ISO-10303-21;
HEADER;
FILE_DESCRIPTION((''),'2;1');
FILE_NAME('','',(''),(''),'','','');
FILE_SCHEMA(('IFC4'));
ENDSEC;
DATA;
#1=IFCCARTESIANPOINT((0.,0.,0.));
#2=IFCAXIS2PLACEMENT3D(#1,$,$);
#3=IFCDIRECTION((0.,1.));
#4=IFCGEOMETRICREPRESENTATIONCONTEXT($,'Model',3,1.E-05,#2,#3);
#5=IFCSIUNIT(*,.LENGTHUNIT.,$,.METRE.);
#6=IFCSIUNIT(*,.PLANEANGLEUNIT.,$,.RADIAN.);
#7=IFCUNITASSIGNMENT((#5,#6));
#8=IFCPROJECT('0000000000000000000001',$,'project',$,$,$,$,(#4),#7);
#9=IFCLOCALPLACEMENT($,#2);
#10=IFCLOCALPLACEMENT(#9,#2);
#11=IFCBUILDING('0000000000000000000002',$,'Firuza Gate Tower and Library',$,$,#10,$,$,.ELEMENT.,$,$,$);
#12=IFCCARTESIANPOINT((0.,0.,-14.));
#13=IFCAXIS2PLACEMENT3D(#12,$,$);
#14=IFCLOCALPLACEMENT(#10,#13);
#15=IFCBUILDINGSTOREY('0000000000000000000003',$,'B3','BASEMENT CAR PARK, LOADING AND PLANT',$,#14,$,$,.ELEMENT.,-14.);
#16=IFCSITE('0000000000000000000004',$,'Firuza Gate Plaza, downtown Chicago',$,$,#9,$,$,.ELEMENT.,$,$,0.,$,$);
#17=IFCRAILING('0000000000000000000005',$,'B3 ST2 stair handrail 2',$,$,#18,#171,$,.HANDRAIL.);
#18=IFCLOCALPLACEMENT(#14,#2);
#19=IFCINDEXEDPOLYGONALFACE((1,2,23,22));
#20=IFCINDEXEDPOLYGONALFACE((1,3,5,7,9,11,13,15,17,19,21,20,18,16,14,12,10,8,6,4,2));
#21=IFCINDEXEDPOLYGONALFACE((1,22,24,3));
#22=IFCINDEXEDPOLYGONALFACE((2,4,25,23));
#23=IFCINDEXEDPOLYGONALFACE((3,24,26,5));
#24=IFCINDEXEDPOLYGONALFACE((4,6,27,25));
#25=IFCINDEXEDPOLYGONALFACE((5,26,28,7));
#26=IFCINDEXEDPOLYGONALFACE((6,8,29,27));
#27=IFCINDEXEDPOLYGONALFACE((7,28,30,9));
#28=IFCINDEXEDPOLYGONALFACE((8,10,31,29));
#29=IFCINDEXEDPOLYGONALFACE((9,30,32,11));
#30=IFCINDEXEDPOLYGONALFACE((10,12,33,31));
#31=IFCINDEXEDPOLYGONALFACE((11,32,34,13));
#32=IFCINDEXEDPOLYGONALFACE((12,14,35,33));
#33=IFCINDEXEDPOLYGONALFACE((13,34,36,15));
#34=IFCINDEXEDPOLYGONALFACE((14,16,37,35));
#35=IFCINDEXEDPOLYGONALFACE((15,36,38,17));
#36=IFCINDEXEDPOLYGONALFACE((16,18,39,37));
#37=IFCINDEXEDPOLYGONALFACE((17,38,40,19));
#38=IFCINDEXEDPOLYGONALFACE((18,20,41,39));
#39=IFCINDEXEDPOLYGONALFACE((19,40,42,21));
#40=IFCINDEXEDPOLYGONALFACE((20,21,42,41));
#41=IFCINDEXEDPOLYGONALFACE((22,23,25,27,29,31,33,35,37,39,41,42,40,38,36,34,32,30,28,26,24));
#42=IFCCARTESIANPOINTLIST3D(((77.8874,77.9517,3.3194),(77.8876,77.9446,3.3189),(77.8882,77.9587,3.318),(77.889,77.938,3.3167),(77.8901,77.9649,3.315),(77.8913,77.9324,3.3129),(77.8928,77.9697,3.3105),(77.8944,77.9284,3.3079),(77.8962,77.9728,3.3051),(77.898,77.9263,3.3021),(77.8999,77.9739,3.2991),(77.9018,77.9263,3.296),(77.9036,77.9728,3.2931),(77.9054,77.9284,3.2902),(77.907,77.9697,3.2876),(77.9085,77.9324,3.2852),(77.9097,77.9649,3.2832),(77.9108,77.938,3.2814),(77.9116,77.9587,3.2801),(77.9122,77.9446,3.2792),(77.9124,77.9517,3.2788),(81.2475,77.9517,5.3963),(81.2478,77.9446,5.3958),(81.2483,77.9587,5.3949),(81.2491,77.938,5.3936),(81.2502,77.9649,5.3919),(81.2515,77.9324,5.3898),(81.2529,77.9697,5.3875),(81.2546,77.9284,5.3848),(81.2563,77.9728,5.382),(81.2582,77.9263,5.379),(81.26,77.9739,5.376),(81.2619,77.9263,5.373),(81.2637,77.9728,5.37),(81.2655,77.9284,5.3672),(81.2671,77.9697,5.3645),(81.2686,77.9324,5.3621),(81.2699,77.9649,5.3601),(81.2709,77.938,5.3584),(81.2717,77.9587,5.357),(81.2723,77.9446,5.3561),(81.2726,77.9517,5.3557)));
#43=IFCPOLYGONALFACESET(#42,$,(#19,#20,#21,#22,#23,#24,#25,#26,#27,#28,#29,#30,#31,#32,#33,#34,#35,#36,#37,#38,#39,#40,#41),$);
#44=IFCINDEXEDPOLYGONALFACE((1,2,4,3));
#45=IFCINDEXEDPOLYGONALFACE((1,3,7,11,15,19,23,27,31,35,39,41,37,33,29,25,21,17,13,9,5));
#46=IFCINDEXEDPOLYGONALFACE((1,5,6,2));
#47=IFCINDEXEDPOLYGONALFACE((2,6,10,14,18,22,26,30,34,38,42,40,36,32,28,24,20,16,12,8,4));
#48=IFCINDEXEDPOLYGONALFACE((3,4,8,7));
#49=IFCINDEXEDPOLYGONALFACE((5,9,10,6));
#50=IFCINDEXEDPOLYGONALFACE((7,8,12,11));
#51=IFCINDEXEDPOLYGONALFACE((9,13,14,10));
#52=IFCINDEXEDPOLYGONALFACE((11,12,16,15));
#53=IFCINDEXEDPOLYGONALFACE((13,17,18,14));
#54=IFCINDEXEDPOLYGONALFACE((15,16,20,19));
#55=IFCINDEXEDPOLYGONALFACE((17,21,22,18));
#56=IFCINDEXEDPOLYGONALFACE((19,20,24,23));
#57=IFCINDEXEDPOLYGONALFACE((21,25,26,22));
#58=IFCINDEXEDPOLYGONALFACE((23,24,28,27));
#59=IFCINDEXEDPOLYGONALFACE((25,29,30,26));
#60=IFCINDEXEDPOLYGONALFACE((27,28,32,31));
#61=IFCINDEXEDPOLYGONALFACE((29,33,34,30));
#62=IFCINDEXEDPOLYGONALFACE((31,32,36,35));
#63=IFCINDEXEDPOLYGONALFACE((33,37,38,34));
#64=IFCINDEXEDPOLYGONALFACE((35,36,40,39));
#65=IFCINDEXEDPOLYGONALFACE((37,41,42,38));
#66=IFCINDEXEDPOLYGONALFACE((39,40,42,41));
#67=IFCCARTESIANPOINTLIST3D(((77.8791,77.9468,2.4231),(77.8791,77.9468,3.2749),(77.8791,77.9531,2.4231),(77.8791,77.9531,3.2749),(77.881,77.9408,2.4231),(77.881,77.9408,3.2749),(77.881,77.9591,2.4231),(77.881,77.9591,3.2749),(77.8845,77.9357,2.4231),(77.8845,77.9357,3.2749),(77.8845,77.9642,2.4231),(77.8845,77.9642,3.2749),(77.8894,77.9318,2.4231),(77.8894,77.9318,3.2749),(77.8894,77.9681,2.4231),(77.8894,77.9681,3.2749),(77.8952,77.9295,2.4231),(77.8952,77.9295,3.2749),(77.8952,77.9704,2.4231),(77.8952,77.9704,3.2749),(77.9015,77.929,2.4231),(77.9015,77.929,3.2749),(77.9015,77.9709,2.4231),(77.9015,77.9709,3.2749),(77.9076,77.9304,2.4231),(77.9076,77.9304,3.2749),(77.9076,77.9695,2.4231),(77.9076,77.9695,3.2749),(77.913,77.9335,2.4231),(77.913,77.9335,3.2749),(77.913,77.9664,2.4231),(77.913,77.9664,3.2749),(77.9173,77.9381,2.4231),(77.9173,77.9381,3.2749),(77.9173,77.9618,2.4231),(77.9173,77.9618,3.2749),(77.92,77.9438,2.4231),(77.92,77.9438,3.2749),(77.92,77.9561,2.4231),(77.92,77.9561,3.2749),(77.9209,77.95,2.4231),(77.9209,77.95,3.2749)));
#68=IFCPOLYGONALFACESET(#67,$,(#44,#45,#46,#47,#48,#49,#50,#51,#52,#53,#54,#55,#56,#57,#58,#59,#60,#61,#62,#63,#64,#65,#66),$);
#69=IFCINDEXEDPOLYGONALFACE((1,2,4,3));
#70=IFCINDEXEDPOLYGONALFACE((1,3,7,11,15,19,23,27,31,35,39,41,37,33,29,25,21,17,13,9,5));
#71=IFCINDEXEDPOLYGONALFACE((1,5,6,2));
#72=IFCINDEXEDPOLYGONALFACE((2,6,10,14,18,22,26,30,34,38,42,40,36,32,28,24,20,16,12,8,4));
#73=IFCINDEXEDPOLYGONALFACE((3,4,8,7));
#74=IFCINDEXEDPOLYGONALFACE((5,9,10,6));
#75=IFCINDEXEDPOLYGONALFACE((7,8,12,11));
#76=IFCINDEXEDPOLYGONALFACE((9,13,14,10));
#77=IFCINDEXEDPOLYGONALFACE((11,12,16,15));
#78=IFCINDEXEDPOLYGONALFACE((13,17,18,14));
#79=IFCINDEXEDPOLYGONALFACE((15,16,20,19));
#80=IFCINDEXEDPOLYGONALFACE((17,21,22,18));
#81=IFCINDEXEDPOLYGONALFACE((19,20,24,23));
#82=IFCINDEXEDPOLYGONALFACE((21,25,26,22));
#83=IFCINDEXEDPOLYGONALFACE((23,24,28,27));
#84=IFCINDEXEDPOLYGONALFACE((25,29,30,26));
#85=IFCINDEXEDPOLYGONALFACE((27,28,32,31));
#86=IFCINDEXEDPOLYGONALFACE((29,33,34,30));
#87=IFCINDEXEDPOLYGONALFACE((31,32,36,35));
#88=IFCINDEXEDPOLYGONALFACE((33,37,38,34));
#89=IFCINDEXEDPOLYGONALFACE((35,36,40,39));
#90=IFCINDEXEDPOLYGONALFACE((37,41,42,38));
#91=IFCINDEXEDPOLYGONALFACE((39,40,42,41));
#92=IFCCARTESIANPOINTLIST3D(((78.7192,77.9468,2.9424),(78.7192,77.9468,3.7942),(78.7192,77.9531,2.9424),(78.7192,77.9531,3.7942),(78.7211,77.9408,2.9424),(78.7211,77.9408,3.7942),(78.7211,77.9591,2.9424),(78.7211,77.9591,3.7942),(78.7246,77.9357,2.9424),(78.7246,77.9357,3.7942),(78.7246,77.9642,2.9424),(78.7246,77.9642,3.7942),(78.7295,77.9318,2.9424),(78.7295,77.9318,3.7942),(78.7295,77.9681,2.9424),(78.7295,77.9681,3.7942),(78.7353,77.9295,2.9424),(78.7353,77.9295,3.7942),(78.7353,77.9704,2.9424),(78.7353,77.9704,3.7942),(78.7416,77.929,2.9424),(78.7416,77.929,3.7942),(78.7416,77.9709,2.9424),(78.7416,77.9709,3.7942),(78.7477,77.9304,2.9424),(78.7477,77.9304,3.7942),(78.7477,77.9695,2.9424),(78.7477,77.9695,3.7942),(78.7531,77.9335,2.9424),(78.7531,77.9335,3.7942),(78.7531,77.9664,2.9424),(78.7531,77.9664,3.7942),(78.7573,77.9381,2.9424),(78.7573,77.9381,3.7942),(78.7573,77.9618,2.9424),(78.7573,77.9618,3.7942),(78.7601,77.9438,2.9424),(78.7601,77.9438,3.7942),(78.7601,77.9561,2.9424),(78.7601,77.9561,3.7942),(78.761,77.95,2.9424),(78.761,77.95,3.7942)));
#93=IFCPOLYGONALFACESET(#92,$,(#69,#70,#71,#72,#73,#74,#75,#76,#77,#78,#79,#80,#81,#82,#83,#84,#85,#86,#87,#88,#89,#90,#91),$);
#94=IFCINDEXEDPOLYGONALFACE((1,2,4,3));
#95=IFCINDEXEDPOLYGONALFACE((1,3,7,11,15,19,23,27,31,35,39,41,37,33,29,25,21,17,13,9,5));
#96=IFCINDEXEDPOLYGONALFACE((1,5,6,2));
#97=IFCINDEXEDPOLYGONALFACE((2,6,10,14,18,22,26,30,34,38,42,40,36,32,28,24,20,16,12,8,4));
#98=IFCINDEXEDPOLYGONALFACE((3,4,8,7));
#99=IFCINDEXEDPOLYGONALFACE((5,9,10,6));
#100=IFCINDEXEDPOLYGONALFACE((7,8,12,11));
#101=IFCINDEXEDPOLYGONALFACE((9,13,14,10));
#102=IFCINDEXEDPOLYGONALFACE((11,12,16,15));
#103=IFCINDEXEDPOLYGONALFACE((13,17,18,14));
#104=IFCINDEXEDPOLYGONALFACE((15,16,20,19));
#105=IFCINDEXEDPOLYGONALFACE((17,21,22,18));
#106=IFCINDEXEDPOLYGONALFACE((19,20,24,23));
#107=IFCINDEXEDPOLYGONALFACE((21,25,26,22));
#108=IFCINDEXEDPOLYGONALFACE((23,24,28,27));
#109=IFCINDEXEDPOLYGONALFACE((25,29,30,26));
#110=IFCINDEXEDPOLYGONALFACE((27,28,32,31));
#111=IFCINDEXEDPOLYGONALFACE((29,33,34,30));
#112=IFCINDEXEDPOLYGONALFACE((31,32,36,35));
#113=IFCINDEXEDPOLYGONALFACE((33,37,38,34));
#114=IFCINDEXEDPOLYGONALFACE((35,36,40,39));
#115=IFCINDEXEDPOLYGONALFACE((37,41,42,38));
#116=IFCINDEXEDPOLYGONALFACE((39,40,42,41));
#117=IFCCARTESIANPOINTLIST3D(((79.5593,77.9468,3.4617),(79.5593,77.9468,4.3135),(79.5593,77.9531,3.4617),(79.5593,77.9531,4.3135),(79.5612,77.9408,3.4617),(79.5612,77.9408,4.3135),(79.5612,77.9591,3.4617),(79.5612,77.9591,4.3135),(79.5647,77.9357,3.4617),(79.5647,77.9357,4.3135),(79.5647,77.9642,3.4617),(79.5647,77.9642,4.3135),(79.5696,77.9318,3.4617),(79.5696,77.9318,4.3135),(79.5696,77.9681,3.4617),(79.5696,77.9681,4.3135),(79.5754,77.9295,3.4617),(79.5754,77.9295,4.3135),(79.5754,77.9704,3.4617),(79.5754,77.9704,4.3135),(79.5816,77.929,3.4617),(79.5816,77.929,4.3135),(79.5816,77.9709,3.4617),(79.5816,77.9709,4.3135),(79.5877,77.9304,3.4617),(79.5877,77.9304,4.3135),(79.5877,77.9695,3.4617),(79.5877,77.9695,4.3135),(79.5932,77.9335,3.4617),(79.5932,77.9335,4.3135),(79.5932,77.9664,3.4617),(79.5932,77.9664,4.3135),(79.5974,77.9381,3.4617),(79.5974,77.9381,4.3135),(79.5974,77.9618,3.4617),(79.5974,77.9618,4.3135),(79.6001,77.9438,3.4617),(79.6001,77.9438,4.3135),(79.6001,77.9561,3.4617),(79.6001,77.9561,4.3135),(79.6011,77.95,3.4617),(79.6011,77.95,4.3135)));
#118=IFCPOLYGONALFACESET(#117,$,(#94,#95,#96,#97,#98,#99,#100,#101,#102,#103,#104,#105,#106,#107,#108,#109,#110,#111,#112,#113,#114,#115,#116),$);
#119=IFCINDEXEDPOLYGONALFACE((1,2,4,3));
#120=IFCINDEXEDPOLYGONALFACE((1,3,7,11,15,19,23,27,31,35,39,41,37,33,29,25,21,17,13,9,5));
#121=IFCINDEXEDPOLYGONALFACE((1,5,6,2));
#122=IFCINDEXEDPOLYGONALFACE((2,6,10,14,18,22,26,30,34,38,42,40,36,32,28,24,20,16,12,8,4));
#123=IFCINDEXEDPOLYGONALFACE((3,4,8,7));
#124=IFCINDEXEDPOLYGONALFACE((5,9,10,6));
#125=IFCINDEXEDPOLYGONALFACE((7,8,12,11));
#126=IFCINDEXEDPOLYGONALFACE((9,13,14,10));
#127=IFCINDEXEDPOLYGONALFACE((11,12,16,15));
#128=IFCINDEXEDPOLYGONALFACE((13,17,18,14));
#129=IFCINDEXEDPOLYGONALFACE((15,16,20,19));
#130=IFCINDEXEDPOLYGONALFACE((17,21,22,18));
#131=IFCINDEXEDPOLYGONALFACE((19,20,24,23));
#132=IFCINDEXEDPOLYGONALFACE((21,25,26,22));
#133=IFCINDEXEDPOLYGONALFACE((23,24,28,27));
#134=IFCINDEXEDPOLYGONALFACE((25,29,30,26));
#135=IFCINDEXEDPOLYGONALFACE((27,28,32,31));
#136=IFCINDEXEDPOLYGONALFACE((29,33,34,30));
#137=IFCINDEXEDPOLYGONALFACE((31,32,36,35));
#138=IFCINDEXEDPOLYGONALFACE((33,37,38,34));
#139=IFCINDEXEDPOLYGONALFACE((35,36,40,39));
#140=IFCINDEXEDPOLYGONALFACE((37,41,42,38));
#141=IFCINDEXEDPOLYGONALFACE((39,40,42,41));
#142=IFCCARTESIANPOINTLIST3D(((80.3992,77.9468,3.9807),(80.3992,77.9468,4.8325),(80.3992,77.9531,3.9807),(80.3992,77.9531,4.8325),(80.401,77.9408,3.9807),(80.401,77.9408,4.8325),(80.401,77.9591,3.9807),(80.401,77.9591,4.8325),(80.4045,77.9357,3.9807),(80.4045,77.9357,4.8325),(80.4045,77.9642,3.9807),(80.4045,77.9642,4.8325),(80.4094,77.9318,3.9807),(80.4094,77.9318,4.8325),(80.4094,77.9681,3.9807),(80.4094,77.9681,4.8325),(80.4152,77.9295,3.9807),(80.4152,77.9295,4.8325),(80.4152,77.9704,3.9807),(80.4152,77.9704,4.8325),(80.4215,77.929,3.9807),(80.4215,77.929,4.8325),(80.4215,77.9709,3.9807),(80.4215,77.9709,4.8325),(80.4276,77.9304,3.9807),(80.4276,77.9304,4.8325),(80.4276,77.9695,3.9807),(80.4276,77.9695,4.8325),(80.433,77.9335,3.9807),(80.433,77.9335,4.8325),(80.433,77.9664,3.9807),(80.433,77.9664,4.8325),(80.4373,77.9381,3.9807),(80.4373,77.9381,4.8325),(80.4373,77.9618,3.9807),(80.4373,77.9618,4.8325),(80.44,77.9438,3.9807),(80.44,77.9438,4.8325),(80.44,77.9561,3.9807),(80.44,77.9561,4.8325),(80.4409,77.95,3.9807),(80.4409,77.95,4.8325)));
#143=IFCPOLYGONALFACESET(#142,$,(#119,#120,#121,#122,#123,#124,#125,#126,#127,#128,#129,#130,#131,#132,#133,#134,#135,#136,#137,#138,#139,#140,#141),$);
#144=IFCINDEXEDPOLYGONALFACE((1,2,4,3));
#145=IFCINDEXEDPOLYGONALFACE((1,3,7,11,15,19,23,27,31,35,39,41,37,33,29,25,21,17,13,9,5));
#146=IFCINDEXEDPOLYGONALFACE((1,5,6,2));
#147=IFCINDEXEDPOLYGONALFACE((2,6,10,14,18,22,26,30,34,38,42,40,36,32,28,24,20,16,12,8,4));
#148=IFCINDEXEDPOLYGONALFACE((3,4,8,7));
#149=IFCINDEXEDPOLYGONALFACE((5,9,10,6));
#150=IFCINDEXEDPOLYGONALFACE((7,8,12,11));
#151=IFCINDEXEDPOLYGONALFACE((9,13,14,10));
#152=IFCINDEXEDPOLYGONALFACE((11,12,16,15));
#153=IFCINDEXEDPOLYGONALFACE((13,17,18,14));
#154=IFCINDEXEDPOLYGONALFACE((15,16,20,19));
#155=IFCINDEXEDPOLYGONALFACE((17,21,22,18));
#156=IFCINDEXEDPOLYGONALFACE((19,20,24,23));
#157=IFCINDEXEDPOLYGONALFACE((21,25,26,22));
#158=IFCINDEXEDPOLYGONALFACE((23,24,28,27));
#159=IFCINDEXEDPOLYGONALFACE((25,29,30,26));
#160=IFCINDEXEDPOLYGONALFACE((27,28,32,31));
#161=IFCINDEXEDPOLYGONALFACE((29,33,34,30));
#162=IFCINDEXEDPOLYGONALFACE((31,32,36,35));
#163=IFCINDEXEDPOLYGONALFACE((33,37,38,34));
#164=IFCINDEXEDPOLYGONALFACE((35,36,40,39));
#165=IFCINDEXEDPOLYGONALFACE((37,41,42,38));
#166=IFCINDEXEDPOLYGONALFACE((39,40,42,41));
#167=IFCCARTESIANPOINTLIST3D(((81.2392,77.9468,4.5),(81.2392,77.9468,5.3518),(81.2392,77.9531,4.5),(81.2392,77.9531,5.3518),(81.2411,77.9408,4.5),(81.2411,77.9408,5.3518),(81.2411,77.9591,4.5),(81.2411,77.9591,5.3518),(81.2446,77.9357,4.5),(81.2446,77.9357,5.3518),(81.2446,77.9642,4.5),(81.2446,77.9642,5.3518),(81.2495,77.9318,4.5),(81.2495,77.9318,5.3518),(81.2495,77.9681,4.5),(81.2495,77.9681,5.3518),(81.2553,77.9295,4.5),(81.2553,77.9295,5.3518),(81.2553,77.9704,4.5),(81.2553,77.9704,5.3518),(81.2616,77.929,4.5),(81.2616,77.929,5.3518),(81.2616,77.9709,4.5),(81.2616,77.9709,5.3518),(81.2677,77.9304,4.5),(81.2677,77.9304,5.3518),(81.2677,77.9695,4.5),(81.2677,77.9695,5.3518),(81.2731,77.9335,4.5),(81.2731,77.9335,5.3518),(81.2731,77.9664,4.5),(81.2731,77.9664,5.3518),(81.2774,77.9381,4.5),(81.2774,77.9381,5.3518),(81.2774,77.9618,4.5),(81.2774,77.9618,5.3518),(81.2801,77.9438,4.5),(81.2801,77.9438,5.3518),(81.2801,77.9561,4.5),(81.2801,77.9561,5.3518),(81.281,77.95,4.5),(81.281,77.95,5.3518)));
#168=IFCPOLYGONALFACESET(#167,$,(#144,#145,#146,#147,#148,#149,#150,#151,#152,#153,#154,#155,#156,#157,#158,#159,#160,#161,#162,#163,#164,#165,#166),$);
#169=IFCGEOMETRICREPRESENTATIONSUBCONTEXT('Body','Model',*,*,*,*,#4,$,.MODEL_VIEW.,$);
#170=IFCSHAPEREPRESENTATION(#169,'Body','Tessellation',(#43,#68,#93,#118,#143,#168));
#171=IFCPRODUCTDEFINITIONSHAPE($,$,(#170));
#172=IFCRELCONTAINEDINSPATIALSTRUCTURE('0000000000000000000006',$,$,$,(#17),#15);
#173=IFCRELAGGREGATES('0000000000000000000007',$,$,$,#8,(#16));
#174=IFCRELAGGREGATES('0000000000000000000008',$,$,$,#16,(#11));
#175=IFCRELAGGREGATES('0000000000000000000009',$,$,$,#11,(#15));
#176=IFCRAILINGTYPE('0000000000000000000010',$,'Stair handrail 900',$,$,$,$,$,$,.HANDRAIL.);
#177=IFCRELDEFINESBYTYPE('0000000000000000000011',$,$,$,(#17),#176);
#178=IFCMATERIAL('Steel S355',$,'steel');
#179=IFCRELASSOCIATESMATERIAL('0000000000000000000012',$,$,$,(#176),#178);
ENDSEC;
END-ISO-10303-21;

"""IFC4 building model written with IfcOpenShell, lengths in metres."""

from ifc_helpers import new_model, si_unit, direction, frame, origin, origin_2d, place, context, subcontext, project, spatial, circle, extrude, material, type_object, element, save


model = new_model("IFC4")

# Units and contexts
model_context = context("Model", 3, precision=1e-05, world=origin(), true_north=direction((0.0, 1.0)))
body_context = subcontext(model_context, "Body", "Model", "MODEL_VIEW")
ifc_project = project(units=[si_unit("LENGTHUNIT", "METRE"), si_unit("PLANEANGLEUNIT", "RADIAN")], contexts=[model_context])

# Site, building, storey
site_placement = place(None, origin())
site = spatial("IfcSite", under=ifc_project, at=site_placement, Name="Firuza Gate Plaza, downtown Chicago", CompositionType="ELEMENT", RefElevation=0.0)
building_placement = place(site_placement, origin())
building = spatial("IfcBuilding", under=site, at=building_placement, Name="Firuza Gate Tower and Library", CompositionType="ELEMENT")
storey_placement = place(building_placement, frame((0.0, 0.0, -14.0)))
storey = spatial("IfcBuildingStorey", under=building, at=storey_placement, Name="B3", Description="BASEMENT CAR PARK, LOADING AND PLANT", CompositionType="ELEMENT", Elevation=-14.0)

# Railing
ifc_material_1 = material(Name="Steel S355", Category="steel")
railing_type_1 = type_object("IfcRailingType", Name="Stair handrail 900", PredefinedType="HANDRAIL", material=ifc_material_1)
railing_1_placement = place(storey_placement, frame((77.8999, 77.95, 2.4231)))
element("IfcRailing", 1, at=railing_1_placement, inside=storey, type_object=railing_type_1, Name="B3 ST2 stair handrail 2", PredefinedType="HANDRAIL", context=body_context, shape_type="SweptSolid", body=[
    extrude(circle(Radius=0.0239, at=origin_2d()), frame((0.0, 0.0, 0.876), z_axis=(0.850623, 0.0, 0.525776), x_axis=(0.0, 1.0, 0.0)), (0.0, 0.0, 1.0), 3.9502),
    extrude(circle(Radius=0.021, at=origin_2d()), origin(), (0.0, 0.0, 1.0), 0.8518),
    extrude(circle(Radius=0.021, at=origin_2d()), frame((0.8401, 0.0, 0.5193)), (0.0, 0.0, 1.0), 0.8518),
    extrude(circle(Radius=0.021, at=origin_2d()), frame((1.6802, 0.0, 1.0386)), (0.0, 0.0, 1.0), 0.8518),
    extrude(circle(Radius=0.021, at=origin_2d()), frame((2.52, 0.0, 1.5576)), (0.0, 0.0, 1.0), 0.8518),
    extrude(circle(Radius=0.021, at=origin_2d()), frame((3.3601, 0.0, 2.0769)), (0.0, 0.0, 1.0), 0.8518),
])

save(model, "model.ifc")
